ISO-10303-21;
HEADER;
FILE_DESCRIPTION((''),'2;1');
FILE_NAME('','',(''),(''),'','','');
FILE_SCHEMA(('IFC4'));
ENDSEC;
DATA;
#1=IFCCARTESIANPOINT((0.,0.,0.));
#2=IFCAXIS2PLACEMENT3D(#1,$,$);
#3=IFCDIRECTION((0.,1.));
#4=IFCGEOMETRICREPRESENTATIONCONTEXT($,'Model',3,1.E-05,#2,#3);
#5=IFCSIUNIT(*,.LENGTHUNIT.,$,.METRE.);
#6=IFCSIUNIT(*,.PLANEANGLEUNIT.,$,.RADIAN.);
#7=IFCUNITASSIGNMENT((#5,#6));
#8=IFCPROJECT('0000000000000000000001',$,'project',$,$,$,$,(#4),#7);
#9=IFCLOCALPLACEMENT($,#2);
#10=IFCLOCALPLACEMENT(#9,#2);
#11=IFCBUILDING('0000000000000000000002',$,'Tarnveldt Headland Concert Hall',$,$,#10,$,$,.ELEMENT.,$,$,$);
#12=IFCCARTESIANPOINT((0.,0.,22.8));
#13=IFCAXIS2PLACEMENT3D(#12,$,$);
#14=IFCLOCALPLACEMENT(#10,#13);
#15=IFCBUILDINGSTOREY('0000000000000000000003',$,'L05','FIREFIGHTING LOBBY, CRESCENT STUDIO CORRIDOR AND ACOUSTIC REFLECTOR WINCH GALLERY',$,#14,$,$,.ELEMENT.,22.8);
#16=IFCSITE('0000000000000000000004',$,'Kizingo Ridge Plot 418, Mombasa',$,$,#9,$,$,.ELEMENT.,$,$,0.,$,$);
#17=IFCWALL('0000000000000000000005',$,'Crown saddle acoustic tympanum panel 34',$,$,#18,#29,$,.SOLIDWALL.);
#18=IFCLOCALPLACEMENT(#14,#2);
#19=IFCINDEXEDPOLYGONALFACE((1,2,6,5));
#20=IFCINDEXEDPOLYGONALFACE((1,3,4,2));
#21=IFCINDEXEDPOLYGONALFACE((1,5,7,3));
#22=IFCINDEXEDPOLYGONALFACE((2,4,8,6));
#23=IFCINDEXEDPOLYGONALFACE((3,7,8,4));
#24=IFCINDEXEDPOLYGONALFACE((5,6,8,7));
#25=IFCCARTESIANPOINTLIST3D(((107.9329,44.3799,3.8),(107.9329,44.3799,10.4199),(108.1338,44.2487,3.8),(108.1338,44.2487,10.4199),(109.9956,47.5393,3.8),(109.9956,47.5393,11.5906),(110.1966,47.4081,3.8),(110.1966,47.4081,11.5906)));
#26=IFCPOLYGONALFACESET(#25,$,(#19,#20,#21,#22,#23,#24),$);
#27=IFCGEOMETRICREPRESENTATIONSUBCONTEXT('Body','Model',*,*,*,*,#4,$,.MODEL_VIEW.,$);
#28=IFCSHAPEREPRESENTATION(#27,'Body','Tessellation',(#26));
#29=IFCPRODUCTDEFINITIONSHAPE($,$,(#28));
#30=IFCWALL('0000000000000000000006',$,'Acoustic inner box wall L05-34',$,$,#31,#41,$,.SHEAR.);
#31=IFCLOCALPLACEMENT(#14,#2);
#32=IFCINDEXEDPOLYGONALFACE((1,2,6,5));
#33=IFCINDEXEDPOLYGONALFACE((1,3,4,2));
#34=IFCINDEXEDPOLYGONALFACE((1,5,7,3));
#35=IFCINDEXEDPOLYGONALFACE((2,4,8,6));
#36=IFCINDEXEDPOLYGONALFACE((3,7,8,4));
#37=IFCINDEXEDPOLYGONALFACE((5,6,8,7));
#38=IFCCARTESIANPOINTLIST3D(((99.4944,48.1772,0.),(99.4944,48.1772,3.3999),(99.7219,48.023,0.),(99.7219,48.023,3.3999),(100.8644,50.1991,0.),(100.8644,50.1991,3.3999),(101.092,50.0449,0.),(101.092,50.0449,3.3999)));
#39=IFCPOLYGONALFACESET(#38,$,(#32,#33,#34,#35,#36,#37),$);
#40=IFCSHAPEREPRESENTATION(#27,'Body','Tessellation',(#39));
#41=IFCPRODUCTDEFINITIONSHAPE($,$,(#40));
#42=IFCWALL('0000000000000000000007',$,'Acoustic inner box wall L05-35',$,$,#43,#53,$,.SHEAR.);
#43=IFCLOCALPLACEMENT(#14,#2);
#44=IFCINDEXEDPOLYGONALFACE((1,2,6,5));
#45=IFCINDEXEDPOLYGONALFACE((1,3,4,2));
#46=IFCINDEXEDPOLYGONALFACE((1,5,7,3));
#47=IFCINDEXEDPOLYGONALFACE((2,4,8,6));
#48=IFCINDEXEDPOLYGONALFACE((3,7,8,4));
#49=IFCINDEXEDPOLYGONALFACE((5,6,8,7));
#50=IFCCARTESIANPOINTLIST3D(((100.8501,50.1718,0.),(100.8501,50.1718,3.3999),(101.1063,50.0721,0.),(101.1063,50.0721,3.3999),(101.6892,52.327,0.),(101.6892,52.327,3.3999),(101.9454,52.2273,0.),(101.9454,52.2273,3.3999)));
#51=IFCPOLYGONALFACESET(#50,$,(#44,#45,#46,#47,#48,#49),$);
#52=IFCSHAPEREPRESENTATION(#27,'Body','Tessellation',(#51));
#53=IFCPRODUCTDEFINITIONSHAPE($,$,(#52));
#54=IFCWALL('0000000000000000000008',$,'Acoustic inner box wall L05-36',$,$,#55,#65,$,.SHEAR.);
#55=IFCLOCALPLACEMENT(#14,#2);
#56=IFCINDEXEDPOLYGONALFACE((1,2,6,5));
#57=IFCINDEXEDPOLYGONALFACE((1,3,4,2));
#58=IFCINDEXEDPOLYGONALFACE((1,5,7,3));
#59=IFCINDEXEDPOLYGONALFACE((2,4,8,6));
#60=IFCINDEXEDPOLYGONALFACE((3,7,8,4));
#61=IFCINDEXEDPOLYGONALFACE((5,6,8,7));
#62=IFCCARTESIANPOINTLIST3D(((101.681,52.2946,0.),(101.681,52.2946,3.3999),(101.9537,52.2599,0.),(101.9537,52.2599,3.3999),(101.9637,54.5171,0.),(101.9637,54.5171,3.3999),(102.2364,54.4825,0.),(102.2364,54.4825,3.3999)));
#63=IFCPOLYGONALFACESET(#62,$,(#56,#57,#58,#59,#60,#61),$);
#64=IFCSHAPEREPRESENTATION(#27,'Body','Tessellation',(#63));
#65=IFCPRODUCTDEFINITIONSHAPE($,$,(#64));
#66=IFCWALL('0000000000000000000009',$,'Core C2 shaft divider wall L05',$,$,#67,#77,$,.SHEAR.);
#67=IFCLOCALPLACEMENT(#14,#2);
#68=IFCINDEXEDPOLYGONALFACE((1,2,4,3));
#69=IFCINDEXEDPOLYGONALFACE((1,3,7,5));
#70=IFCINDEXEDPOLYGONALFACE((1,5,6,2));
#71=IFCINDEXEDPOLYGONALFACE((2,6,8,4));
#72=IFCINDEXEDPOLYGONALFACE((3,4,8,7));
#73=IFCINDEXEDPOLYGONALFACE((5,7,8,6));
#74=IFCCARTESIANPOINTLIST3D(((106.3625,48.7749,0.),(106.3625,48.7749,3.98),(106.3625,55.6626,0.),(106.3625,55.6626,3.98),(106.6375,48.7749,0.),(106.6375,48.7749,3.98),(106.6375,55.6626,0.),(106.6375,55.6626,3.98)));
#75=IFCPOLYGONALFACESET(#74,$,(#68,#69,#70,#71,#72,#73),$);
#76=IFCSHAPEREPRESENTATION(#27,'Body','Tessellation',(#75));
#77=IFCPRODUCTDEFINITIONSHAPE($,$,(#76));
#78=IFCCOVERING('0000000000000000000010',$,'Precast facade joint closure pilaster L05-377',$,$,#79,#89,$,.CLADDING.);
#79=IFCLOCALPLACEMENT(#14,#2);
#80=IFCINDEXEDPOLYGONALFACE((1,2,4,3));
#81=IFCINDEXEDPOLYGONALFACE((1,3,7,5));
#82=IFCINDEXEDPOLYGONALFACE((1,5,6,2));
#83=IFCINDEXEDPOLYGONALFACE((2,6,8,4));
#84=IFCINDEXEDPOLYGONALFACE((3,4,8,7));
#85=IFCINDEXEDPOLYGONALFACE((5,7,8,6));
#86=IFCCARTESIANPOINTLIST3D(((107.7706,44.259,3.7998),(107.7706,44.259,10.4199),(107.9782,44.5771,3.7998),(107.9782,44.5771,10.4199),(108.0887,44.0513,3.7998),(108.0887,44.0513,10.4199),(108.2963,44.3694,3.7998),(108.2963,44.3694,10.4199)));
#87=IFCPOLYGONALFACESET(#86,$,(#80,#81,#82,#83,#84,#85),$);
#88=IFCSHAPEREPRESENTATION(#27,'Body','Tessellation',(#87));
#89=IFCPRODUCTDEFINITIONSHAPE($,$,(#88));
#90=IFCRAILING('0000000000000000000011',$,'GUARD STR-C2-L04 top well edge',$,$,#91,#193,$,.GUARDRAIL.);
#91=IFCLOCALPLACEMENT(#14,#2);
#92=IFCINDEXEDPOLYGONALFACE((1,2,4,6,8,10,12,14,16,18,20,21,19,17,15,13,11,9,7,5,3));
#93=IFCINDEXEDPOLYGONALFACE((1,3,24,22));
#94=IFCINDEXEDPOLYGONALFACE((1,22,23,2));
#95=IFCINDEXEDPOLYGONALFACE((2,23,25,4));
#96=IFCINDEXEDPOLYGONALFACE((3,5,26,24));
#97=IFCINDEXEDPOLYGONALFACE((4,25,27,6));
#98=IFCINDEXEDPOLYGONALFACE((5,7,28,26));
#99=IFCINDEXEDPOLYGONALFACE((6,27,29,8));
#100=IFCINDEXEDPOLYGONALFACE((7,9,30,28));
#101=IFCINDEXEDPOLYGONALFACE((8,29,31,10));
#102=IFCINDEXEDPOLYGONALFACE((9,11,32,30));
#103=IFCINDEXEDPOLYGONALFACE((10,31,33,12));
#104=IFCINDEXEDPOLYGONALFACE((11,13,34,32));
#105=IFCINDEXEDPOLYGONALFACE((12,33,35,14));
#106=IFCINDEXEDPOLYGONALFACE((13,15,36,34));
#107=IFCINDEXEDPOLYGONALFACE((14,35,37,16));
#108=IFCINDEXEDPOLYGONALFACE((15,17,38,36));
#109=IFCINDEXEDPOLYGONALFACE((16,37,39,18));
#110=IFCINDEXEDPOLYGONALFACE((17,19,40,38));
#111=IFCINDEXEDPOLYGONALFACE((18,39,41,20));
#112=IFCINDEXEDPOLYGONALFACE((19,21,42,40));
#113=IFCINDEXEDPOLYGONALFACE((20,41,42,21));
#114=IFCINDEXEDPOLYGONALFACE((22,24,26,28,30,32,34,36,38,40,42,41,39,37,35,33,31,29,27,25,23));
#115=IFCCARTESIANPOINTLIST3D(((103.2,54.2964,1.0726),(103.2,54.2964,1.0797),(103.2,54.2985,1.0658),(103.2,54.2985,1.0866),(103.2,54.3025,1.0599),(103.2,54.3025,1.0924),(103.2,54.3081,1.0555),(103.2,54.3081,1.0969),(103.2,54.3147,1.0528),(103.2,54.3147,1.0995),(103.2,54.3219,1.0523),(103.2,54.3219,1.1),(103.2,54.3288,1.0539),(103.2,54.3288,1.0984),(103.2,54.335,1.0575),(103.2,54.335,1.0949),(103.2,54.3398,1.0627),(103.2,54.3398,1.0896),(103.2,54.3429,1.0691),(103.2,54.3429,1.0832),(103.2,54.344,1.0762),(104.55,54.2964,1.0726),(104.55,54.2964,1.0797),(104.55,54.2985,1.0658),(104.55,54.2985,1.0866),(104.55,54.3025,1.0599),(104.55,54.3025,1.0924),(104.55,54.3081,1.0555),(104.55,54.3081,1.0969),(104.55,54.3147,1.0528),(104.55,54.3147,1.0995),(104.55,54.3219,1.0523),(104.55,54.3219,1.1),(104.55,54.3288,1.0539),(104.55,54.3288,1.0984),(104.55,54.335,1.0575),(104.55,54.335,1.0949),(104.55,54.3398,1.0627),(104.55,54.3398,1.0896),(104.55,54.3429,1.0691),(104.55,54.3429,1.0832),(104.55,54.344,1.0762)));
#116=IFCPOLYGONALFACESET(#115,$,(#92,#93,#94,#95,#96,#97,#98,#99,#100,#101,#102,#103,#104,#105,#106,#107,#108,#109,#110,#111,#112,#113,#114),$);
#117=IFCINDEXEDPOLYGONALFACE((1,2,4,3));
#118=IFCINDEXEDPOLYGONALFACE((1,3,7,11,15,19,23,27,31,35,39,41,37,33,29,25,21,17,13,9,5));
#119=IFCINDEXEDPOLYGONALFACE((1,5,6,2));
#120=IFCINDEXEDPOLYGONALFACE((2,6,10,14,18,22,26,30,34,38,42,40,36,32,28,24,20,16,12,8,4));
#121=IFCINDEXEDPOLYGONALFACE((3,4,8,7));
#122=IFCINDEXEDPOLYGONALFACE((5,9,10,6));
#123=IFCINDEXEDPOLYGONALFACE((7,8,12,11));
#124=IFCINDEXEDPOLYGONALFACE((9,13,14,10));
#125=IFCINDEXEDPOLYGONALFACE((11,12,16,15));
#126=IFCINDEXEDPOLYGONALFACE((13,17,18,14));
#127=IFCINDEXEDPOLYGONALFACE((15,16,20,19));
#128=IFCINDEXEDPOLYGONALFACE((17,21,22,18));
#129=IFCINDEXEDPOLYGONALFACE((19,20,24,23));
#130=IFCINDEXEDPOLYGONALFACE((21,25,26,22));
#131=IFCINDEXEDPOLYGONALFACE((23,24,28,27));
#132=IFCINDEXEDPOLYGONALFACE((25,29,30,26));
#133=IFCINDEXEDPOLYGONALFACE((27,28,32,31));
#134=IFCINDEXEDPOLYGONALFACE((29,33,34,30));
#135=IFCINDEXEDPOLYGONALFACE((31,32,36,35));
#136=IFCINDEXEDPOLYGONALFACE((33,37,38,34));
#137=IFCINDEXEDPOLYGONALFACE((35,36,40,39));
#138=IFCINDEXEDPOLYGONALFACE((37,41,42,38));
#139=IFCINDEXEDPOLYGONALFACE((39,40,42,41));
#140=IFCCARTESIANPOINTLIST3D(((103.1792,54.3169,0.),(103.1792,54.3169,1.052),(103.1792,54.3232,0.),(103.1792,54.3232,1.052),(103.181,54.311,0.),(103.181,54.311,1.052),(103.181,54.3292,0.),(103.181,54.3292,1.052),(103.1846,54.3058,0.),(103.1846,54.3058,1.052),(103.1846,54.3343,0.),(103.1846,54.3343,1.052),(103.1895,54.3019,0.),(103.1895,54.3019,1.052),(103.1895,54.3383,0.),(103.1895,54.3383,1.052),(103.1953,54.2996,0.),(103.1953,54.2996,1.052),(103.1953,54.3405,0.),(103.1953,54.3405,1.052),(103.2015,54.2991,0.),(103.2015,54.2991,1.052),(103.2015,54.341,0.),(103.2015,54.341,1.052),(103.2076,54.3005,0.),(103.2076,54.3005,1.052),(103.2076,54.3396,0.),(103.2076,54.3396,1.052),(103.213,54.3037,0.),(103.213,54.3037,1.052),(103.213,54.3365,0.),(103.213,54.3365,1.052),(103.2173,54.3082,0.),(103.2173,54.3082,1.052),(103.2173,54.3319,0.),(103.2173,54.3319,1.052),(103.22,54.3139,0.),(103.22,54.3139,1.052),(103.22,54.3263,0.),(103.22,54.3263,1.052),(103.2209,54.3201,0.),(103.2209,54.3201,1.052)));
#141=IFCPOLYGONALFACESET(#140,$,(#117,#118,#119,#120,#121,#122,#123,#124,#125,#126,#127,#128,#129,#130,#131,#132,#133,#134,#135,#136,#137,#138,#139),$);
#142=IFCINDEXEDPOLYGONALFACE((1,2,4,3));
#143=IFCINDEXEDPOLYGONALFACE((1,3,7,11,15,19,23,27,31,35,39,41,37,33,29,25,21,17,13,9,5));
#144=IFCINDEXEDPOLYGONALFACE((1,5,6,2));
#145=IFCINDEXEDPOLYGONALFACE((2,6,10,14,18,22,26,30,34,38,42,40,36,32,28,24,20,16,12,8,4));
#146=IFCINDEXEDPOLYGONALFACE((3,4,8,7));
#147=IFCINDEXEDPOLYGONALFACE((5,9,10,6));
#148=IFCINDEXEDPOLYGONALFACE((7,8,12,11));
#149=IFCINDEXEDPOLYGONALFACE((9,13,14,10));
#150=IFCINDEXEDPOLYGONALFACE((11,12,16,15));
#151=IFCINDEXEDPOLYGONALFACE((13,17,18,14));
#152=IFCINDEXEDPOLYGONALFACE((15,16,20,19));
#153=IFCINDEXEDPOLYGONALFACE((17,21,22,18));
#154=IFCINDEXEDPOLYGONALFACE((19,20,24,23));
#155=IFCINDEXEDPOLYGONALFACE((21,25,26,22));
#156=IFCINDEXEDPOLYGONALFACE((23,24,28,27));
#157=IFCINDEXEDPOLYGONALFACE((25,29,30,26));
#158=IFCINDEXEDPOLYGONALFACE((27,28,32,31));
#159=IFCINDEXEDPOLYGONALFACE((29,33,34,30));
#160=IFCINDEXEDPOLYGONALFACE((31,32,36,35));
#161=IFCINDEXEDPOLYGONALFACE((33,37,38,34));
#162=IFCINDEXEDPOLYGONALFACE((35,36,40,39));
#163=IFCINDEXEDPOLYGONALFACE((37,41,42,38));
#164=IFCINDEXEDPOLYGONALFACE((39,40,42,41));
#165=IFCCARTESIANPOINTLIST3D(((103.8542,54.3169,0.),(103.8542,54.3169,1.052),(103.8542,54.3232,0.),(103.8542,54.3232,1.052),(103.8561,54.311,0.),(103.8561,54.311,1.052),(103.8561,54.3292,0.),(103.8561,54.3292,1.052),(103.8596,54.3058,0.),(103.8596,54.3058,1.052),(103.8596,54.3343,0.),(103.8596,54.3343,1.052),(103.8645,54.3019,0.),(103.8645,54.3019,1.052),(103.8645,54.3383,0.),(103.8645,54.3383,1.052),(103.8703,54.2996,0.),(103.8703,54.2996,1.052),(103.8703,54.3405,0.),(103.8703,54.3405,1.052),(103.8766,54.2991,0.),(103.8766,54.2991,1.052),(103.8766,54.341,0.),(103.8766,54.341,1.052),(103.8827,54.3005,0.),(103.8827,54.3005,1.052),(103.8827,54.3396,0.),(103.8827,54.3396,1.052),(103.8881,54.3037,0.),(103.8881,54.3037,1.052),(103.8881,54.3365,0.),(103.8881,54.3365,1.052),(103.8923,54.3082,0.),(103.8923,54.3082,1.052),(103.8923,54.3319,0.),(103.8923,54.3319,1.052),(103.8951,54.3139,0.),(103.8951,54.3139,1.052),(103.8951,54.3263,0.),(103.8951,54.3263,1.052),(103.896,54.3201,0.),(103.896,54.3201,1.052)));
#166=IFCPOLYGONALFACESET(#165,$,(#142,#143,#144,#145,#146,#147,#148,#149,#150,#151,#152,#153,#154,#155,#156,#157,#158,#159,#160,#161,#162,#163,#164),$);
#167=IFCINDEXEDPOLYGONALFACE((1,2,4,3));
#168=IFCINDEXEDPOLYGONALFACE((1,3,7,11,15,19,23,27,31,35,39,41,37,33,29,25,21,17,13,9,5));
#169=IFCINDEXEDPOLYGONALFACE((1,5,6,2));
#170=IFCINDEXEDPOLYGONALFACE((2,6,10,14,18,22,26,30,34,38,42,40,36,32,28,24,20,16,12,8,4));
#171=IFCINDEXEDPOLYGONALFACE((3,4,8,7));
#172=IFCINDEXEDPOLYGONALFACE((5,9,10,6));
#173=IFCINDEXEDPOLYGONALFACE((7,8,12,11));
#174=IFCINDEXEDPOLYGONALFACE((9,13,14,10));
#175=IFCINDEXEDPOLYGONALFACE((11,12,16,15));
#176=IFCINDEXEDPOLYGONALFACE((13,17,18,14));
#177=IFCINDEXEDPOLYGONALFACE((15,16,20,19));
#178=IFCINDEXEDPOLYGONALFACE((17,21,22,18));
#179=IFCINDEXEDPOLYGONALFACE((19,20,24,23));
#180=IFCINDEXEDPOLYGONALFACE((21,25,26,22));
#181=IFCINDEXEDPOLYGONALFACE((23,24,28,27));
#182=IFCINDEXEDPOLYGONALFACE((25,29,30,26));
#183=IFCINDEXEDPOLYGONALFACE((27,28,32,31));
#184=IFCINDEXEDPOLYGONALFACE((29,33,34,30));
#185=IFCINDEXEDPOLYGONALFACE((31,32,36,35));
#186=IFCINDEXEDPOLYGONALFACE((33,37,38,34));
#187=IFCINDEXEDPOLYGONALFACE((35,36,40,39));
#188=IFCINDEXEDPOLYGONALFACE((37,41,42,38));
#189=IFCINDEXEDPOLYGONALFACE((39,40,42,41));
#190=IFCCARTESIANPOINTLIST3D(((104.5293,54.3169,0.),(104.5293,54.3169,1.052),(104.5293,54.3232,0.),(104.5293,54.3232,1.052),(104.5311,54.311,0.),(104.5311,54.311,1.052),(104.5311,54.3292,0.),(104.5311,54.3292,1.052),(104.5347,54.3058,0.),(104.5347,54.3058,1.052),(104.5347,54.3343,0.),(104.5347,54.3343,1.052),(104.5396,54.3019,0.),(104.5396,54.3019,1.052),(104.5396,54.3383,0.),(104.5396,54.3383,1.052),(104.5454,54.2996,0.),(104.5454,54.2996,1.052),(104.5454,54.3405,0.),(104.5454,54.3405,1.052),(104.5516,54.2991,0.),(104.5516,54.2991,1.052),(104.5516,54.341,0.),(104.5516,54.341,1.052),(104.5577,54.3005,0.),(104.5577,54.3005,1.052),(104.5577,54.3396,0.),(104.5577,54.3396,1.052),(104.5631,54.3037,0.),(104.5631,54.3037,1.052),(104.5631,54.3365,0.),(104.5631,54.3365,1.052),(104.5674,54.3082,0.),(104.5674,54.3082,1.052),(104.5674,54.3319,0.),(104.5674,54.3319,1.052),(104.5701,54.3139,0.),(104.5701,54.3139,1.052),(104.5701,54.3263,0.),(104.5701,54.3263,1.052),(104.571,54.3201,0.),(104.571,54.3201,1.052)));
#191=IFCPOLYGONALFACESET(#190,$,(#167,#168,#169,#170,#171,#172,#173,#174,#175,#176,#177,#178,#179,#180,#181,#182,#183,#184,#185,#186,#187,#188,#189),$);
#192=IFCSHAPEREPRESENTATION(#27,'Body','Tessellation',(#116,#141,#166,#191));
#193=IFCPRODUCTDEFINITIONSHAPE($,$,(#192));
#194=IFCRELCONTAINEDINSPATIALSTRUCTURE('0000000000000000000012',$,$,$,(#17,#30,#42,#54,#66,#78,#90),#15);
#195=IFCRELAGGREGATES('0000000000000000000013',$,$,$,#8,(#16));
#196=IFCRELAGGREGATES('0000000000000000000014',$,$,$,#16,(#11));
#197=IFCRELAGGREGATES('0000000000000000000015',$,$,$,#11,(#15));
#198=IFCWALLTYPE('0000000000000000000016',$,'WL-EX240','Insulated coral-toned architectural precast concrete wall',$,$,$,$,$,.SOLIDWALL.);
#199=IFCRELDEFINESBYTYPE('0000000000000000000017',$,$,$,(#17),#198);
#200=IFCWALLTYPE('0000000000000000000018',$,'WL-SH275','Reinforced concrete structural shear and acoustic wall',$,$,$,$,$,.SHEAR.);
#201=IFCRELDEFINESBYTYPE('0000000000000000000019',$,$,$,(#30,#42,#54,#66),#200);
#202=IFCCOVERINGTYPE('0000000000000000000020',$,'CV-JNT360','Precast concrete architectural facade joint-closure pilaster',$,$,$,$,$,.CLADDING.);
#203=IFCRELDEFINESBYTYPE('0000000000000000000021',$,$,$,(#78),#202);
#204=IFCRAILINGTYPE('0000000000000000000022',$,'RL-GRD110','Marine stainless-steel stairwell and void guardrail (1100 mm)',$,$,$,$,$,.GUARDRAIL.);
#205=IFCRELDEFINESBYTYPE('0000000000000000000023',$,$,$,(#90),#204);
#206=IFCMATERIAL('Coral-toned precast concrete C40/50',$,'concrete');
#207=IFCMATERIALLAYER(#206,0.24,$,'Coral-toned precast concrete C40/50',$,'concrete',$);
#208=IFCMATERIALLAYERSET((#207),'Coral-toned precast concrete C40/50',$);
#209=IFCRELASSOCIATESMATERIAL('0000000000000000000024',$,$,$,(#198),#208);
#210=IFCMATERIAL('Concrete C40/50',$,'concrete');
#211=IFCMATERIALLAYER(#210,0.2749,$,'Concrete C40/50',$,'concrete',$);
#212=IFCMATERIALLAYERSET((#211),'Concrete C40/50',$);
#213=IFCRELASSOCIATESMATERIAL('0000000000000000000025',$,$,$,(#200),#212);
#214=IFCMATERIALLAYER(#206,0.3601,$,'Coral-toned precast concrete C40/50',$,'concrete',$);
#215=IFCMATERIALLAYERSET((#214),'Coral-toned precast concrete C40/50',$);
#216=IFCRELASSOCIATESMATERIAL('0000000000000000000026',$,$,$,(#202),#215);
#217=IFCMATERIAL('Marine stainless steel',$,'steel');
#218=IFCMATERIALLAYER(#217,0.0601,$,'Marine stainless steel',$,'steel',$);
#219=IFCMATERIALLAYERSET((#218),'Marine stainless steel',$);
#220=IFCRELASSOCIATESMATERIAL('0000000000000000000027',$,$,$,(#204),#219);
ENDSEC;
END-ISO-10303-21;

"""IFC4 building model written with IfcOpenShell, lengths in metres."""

from ifc_helpers import new_model, si_unit, direction, frame, frame_2d, origin, origin_2d, place, context, subcontext, project, spatial, polyline, rectangle, circle, outline, extrude, material, layer, layer_set, type_object, element, save


model = new_model("IFC4")

# Units and contexts
model_context = context("Model", 3, precision=1e-05, world=origin(), true_north=direction((0.0, 1.0)))
body_context = subcontext(model_context, "Body", "Model", "MODEL_VIEW")
ifc_project = project(units=[si_unit("LENGTHUNIT", "METRE"), si_unit("PLANEANGLEUNIT", "RADIAN")], contexts=[model_context])

# Site, building, storey
site_placement = place(None, origin())
site = spatial("IfcSite", under=ifc_project, at=site_placement, Name="Kizingo Ridge Plot 418, Mombasa", CompositionType="ELEMENT", RefElevation=0.0)
building_placement = place(site_placement, origin())
building = spatial("IfcBuilding", under=site, at=building_placement, Name="Tarnveldt Headland Concert Hall", CompositionType="ELEMENT")
storey_placement = place(building_placement, frame((0.0, 0.0, 22.8)))
storey = spatial("IfcBuildingStorey", under=building, at=storey_placement, Name="L05", Description="FIREFIGHTING LOBBY, CRESCENT STUDIO CORRIDOR AND ACOUSTIC REFLECTOR WINCH GALLERY", CompositionType="ELEMENT", Elevation=22.8)

# Shared definitions
ifc_material_1 = material(Name="Concrete C40/50", Category="concrete")

# Walls
ifc_material_2 = material(Name="Coral-toned precast concrete C40/50", Category="concrete")
ifc_layer_1 = layer(ifc_material_2, 0.24, Name="Coral-toned precast concrete C40/50", Category="concrete")
ifc_layer_set_1 = layer_set([ifc_layer_1], Name="Coral-toned precast concrete C40/50")
wall_type_1 = type_object("IfcWallType", Name="WL-EX240", Description="Insulated coral-toned architectural precast concrete wall", PredefinedType="SOLIDWALL", material=ifc_layer_set_1)
wall_1_placement = place(storey_placement, frame((108.0334, 44.3142, 3.8), z_axis=(0.0, 0.0, 1.0), x_axis=(0.546686, 0.837338, 0.0)))
element("IfcWall", 1, at=wall_1_placement, inside=storey, type_object=wall_type_1, Name="Crown saddle acoustic tympanum panel 34", PredefinedType="SOLIDWALL", context=body_context, shape_type="SweptSolid", body=[
    extrude(outline(polyline([(0.0, 0.0), (3.7732, 0.0), (3.7732, 7.7905), (0.0, 6.6199), (0.0, 0.0)])), frame((0.0, 0.1201, 0.0), z_axis=(0.0, -1.0, 0.0), x_axis=(1.0, 0.0, 0.0)), (0.0, 0.0, 1.0), 0.24),
])
ifc_layer_2 = layer(ifc_material_1, 0.2749, Name="Concrete C40/50", Category="concrete")
ifc_layer_set_2 = layer_set([ifc_layer_2], Name="Concrete C40/50")
wall_type_2 = type_object("IfcWallType", Name="WL-SH275", Description="Reinforced concrete structural shear and acoustic wall", PredefinedType="SHEAR", material=ifc_layer_set_2)
wall_2_placement = place(storey_placement, frame((99.6082, 48.1001, 0.0), z_axis=(0.0, 0.0, 1.0), x_axis=(0.560959, 0.827844, 0.0)))
element("IfcWall", 2, at=wall_2_placement, inside=storey, type_object=wall_type_2, Name="Acoustic inner box wall L05-34", PredefinedType="SHEAR", context=body_context, shape_type="SweptSolid", body=[
    extrude(rectangle(XDim=2.4424, YDim=0.2749, at=frame_2d((1.2212, 0.0))), origin(), (0.0, 0.0, 1.0), 3.3999),
])
wall_3_placement = place(storey_placement, frame((100.9783, 50.1221, 0.0), z_axis=(0.0, 0.0, 1.0), x_axis=(0.362803, 0.931866, 0.0)))
element("IfcWall", 3, at=wall_3_placement, inside=storey, type_object=wall_type_2, Name="Acoustic inner box wall L05-35", PredefinedType="SHEAR", context=body_context, shape_type="SweptSolid", body=[
    extrude(rectangle(XDim=2.3127, YDim=0.2749, at=frame_2d((1.1562, 0.0))), origin(), (0.0, 0.0, 1.0), 3.3999),
])
wall_4_placement = place(storey_placement, frame((101.8174, 52.2773, 0.0), z_axis=(0.0, 0.0, 1.0), x_axis=(0.12618, 0.992007, 0.0)))
element("IfcWall", 4, at=wall_4_placement, inside=storey, type_object=wall_type_2, Name="Acoustic inner box wall L05-36", PredefinedType="SHEAR", context=body_context, shape_type="SweptSolid", body=[
    extrude(rectangle(XDim=2.2405, YDim=0.2749, at=frame_2d((1.1201, 0.0))), origin(), (0.0, 0.0, 1.0), 3.3999),
])
wall_5_placement = place(storey_placement, frame((106.5, 48.7749, 0.0), z_axis=(0.0, 0.0, 1.0), x_axis=(0.0, 1.0, 0.0)))
element("IfcWall", 5, at=wall_5_placement, inside=storey, type_object=wall_type_2, Name="Core C2 shaft divider wall L05", PredefinedType="SHEAR", context=body_context, shape_type="SweptSolid", body=[
    extrude(rectangle(XDim=6.8877, YDim=0.2749, at=frame_2d((3.4438, 0.0))), origin(), (0.0, 0.0, 1.0), 3.98),
])

# Covering
ifc_layer_3 = layer(ifc_material_2, 0.3601, Name="Coral-toned precast concrete C40/50", Category="concrete")
ifc_layer_set_3 = layer_set([ifc_layer_3], Name="Coral-toned precast concrete C40/50")
covering_type = type_object("IfcCoveringType", Name="CV-JNT360", Description="Precast concrete architectural facade joint-closure pilaster", PredefinedType="CLADDING", material=ifc_layer_set_3)
covering_placement = place(storey_placement, frame((108.0334, 44.3142, 3.7998), z_axis=(0.0, 0.0, 1.0), x_axis=(0.837337, -0.546687, 0.0)))
element("IfcCovering", 6, at=covering_placement, inside=storey, type_object=covering_type, Name="Precast facade joint closure pilaster L05-377", PredefinedType="CLADDING", context=body_context, shape_type="SweptSolid", body=[
    extrude(rectangle(XDim=0.3799, YDim=0.3799, at=origin_2d()), origin(), (0.0, 0.0, 1.0), 6.6201),
])

# Railing
ifc_material_3 = material(Name="Marine stainless steel", Category="steel")
ifc_layer_4 = layer(ifc_material_3, 0.0601, Name="Marine stainless steel", Category="steel")
ifc_layer_set_4 = layer_set([ifc_layer_4], Name="Marine stainless steel")
railing_type = type_object("IfcRailingType", Name="RL-GRD110", Description="Marine stainless-steel stairwell and void guardrail (1100 mm)", PredefinedType="GUARDRAIL", material=ifc_layer_set_4)
railing_placement = place(storey_placement, frame((103.2, 54.3201, 0.0)))
element("IfcRailing", 7, at=railing_placement, inside=storey, type_object=railing_type, Name="GUARD STR-C2-L04 top well edge", PredefinedType="GUARDRAIL", context=body_context, shape_type="SweptSolid", body=[
    extrude(circle(Radius=0.0239, at=origin_2d()), frame((0.0, 0.0, 1.0762), z_axis=(1.0, 0.0, 0.0), x_axis=(0.0, 1.0, 0.0)), (0.0, 0.0, 1.0), 1.3501),
    extrude(circle(Radius=0.021, at=origin_2d()), origin(), (0.0, 0.0, 1.0), 1.052),
    extrude(circle(Radius=0.021, at=origin_2d()), frame((0.675, 0.0, 0.0)), (0.0, 0.0, 1.0), 1.052),
    extrude(circle(Radius=0.021, at=origin_2d()), frame((1.3501, 0.0, 0.0)), (0.0, 0.0, 1.0), 1.052),
])

save(model, "model.ifc")
